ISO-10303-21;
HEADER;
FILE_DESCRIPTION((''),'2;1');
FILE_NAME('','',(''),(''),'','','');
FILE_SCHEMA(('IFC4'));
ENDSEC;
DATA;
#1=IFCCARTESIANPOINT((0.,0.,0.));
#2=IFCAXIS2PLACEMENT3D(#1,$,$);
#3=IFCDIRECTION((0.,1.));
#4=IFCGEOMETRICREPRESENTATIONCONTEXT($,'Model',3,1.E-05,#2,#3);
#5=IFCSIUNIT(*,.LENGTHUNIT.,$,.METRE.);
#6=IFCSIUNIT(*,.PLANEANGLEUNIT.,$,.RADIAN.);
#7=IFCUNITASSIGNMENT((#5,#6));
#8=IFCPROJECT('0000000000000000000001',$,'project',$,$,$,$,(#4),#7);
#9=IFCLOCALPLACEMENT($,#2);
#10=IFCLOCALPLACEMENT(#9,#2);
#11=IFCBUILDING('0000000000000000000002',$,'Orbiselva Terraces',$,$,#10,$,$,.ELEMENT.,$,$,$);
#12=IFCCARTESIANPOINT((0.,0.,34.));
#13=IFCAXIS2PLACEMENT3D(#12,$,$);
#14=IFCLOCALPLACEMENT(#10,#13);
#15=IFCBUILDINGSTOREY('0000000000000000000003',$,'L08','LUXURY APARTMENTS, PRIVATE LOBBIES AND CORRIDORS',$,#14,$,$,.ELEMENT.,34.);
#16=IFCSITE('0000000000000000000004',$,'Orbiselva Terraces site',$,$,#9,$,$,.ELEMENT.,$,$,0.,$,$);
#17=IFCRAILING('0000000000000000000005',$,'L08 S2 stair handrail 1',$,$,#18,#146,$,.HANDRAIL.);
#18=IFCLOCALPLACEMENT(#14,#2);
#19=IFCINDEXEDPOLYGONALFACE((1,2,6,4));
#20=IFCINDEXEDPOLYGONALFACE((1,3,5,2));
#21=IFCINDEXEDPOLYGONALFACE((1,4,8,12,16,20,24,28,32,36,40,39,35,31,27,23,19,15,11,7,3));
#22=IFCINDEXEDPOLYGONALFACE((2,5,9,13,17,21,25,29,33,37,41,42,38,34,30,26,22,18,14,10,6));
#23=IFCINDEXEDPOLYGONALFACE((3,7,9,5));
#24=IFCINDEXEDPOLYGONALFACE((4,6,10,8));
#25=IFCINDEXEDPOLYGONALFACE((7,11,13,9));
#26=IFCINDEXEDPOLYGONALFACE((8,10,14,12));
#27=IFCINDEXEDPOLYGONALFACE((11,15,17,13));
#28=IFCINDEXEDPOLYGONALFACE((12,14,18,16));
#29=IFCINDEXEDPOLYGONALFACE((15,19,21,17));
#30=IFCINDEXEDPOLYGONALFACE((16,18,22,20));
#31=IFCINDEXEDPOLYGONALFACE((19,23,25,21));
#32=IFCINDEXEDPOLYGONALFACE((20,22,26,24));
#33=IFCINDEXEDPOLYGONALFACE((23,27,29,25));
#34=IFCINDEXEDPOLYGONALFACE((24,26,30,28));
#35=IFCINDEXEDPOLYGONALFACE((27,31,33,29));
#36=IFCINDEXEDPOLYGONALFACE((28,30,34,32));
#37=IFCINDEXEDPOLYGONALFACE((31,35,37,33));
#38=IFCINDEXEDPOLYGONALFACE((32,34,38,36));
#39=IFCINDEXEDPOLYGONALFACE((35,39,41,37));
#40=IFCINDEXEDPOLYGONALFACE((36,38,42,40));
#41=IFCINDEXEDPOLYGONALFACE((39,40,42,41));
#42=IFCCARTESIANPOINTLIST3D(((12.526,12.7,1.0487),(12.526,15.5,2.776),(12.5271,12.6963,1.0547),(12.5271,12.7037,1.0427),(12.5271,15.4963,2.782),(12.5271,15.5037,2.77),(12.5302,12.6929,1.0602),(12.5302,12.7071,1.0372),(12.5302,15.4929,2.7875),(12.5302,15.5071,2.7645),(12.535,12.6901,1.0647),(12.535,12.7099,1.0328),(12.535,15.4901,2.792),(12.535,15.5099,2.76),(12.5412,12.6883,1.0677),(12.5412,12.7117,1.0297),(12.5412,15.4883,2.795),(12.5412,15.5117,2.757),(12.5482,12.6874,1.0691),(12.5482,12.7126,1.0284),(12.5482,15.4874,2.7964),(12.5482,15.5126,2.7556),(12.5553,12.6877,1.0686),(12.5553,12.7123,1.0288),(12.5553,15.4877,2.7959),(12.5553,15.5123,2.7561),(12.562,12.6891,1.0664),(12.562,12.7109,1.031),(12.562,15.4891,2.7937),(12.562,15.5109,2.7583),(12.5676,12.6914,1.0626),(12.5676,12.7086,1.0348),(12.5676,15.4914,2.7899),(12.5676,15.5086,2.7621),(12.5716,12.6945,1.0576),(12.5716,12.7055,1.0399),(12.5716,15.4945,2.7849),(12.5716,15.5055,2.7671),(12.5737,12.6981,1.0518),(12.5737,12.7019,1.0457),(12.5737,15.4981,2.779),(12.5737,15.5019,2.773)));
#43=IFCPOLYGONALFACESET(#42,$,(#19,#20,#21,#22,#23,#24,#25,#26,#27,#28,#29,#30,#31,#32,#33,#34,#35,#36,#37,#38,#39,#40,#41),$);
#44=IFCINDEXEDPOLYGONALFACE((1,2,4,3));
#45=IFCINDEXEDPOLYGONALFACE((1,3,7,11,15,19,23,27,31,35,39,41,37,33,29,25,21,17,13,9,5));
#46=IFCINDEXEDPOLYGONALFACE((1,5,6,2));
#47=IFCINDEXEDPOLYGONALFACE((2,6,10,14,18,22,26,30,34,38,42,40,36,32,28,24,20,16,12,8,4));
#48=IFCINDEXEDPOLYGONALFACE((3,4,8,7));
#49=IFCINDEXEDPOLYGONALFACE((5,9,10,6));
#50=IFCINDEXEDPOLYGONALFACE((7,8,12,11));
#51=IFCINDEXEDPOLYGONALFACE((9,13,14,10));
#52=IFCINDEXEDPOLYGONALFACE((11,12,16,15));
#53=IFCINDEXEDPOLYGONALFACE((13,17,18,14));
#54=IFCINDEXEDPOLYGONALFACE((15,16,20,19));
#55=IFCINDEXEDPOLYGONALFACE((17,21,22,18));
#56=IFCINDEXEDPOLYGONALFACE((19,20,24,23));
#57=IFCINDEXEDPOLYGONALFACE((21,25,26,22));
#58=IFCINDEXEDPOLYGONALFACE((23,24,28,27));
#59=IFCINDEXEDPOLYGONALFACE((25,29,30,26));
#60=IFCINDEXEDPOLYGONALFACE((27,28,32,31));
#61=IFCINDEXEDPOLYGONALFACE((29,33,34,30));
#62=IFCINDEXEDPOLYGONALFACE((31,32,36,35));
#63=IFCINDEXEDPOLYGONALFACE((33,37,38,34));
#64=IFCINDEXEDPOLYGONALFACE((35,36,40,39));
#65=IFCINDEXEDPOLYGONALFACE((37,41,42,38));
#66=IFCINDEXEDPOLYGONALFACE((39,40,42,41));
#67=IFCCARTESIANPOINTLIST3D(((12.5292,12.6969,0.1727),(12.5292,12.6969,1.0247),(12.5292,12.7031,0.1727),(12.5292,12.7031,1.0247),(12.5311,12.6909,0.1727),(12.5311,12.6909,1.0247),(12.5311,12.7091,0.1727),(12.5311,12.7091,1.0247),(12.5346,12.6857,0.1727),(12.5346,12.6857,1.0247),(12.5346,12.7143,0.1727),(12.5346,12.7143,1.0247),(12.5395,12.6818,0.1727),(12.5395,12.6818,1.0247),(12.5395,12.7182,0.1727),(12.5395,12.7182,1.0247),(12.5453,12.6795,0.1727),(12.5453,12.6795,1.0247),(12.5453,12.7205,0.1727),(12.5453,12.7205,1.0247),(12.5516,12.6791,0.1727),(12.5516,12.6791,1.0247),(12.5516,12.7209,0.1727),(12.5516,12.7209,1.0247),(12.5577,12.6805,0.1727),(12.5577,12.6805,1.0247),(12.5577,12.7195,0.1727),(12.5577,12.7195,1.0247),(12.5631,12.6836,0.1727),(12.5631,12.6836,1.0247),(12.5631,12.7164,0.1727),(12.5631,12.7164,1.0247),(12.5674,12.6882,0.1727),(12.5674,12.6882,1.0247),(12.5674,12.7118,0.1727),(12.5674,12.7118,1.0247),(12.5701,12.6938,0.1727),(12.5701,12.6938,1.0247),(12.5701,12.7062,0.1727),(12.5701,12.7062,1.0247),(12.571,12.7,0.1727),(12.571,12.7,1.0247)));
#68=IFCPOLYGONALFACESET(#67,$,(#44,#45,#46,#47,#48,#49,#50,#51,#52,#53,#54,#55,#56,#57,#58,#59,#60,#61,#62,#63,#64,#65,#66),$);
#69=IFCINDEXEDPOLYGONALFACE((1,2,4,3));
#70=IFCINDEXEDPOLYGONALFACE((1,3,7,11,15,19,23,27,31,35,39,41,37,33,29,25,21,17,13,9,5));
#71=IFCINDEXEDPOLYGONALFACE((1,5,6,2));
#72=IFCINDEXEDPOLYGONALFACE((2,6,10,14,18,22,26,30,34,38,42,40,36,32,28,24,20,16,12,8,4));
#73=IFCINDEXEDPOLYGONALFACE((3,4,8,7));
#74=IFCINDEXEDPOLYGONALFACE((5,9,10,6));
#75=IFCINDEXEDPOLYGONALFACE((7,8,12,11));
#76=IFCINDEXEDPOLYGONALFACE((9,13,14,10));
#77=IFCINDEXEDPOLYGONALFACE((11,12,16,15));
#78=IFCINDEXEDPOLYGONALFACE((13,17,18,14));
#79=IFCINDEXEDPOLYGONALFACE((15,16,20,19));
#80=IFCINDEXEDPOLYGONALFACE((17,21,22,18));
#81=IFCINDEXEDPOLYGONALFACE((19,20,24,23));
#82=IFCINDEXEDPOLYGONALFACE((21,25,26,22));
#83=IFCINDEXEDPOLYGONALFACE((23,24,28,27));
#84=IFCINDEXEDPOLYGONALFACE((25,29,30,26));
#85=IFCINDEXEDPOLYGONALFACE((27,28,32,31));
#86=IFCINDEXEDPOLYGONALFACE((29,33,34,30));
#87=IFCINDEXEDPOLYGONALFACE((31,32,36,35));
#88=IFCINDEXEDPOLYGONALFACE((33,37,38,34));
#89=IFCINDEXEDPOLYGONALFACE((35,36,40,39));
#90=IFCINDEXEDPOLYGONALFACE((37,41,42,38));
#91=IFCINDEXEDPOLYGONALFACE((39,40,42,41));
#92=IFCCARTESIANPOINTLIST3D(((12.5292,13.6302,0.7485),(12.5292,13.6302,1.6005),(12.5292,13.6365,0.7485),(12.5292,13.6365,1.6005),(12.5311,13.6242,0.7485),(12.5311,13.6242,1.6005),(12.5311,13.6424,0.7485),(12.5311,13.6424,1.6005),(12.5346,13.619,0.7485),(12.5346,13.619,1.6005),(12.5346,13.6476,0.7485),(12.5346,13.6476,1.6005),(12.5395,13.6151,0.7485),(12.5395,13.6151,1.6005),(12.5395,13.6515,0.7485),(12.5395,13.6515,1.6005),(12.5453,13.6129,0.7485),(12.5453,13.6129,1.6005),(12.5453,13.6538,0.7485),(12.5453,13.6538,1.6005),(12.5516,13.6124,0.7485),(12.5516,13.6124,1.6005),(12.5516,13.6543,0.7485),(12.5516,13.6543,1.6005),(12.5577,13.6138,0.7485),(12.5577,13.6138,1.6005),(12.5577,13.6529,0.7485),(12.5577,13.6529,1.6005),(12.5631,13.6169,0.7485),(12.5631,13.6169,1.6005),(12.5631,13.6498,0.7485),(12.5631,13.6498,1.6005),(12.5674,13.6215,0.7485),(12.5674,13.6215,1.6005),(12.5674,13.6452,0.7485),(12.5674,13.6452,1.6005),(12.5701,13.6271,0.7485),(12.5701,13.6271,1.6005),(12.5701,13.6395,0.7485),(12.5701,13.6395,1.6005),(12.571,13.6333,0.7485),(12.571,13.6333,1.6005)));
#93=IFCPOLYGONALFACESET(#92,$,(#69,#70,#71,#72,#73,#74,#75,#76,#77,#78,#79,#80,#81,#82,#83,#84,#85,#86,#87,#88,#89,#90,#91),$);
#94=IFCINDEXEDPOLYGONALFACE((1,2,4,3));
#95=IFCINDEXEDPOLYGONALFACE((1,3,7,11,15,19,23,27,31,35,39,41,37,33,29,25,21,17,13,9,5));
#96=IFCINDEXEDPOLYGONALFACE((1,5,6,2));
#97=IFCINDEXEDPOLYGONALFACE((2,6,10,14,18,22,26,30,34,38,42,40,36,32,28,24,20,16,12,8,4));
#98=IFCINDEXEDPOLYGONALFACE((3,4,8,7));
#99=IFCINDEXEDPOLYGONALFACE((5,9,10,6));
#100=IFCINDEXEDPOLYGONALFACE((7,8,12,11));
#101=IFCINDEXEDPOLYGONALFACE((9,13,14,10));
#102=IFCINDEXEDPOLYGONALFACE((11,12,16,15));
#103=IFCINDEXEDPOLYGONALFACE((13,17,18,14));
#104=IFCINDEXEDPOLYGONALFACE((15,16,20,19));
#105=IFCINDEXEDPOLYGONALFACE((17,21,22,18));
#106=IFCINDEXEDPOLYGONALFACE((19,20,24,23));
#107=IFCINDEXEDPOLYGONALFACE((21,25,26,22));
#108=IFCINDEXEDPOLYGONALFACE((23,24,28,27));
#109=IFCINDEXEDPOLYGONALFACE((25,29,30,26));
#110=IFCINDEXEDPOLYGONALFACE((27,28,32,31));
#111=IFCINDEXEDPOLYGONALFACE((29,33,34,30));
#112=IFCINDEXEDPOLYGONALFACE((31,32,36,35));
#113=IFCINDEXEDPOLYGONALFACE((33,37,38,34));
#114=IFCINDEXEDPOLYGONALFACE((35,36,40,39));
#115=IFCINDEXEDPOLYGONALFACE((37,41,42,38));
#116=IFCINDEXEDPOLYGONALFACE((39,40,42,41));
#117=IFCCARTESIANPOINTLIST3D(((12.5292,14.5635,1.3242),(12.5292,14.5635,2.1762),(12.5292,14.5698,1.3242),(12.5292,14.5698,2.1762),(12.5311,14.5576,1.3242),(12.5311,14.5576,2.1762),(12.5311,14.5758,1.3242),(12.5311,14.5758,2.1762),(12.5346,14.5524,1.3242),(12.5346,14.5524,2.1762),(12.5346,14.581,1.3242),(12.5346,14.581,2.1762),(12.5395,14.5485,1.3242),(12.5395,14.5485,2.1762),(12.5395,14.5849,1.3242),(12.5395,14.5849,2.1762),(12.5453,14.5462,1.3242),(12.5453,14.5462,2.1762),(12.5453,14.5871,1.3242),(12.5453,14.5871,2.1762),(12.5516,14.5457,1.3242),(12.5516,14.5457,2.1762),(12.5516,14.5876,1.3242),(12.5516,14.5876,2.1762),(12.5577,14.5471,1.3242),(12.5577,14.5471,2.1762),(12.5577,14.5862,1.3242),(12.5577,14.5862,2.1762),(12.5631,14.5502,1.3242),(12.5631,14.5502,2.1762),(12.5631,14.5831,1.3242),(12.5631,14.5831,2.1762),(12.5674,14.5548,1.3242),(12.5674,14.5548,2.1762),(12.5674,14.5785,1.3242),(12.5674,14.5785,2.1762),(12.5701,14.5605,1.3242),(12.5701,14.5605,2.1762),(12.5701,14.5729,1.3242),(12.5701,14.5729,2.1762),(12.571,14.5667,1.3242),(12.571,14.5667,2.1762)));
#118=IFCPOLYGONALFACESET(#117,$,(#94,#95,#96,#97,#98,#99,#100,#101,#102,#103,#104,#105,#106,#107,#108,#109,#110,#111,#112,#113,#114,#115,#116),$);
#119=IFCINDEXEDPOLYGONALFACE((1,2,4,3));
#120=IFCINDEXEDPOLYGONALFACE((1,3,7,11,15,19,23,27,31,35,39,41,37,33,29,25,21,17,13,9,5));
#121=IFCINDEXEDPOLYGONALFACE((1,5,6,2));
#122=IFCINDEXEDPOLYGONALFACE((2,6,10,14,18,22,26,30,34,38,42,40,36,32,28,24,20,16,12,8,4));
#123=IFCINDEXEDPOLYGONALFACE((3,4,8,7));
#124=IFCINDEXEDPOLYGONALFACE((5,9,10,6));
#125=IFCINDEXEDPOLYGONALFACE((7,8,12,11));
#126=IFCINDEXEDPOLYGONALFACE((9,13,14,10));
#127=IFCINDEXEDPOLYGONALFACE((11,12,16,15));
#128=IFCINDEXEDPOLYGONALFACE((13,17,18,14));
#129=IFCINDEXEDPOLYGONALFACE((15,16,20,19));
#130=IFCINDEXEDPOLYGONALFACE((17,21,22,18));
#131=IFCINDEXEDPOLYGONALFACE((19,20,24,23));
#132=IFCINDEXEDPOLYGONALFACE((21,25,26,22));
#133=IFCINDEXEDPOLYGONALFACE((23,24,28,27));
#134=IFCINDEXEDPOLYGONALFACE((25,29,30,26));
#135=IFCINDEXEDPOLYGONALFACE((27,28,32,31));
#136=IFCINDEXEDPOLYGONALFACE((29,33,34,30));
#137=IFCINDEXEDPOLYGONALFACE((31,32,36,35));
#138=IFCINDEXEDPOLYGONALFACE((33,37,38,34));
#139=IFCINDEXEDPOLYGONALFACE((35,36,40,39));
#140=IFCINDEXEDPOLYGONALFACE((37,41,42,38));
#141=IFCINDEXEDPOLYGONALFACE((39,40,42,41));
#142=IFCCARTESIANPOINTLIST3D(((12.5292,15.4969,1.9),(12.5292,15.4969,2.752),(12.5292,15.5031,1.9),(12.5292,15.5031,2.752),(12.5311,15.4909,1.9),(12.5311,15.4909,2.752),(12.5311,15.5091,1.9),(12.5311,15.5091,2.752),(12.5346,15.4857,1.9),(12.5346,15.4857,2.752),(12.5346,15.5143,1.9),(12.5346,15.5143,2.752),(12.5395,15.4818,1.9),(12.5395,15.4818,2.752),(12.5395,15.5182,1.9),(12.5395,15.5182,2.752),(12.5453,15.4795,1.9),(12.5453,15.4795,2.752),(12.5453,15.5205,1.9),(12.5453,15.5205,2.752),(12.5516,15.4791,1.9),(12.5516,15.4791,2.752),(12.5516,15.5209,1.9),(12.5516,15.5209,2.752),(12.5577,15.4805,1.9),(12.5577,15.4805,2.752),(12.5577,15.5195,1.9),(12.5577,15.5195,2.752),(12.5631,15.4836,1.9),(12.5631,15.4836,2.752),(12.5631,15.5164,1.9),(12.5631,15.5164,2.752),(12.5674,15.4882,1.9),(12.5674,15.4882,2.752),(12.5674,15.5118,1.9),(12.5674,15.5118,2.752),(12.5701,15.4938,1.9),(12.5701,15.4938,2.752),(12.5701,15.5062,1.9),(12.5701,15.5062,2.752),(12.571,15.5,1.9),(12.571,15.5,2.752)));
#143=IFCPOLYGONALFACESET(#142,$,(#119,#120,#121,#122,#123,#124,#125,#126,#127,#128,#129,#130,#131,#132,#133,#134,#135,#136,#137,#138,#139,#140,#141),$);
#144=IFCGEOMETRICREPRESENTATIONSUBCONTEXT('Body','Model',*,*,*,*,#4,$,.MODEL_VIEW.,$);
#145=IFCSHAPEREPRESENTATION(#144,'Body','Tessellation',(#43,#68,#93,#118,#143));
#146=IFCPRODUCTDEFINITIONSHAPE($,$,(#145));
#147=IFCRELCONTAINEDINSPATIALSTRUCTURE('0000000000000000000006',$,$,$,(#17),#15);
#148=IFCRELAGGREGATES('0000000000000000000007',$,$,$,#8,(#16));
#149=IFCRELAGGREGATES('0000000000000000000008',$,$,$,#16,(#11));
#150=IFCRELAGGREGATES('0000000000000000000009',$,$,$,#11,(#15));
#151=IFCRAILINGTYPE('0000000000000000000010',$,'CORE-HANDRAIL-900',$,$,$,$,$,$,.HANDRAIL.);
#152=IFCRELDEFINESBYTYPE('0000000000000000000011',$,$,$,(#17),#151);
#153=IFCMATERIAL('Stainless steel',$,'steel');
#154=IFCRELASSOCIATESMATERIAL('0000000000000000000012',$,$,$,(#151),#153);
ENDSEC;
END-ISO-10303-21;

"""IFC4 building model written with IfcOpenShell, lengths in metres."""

from ifc_helpers import new_model, si_unit, direction, frame, origin, origin_2d, place, context, subcontext, project, spatial, circle, extrude, material, type_object, element, save


model = new_model("IFC4")

# Units and contexts
model_context = context("Model", 3, precision=1e-05, world=origin(), true_north=direction((0.0, 1.0)))
body_context = subcontext(model_context, "Body", "Model", "MODEL_VIEW")
ifc_project = project(units=[si_unit("LENGTHUNIT", "METRE"), si_unit("PLANEANGLEUNIT", "RADIAN")], contexts=[model_context])

# Site, building, storey
site_placement = place(None, origin())
site = spatial("IfcSite", under=ifc_project, at=site_placement, Name="Orbiselva Terraces site", CompositionType="ELEMENT", RefElevation=0.0)
building_placement = place(site_placement, origin())
building = spatial("IfcBuilding", under=site, at=building_placement, Name="Orbiselva Terraces", CompositionType="ELEMENT")
storey_placement = place(building_placement, frame((0.0, 0.0, 34.0)))
storey = spatial("IfcBuildingStorey", under=building, at=storey_placement, Name="L08", Description="LUXURY APARTMENTS, PRIVATE LOBBIES AND CORRIDORS", CompositionType="ELEMENT", Elevation=34.0)

# Railing
ifc_material_1 = material(Name="Stainless steel", Category="steel")
railing_type = type_object("IfcRailingType", Name="CORE-HANDRAIL-900", PredefinedType="HANDRAIL", material=ifc_material_1)
railing_placement = place(storey_placement, frame((12.55, 12.7, 0.1727)))
element("IfcRailing", 1, at=railing_placement, inside=storey, type_object=railing_type, Name="L08 S2 stair handrail 1", PredefinedType="HANDRAIL", context=body_context, shape_type="SweptSolid", body=[
    extrude(circle(Radius=0.024, at=origin_2d()), frame((0.0, 0.0, 0.876), z_axis=(0.0, 0.851089, 0.525022), x_axis=(-1.0, 0.0, 0.0)), (0.0, 0.0, 1.0), 3.2899),
    extrude(circle(Radius=0.021, at=origin_2d()), origin(), (0.0, 0.0, 1.0), 0.852),
    extrude(circle(Radius=0.021, at=origin_2d()), frame((0.0, 0.9333, 0.5758)), (0.0, 0.0, 1.0), 0.852),
    extrude(circle(Radius=0.021, at=origin_2d()), frame((0.0, 1.8667, 1.1515)), (0.0, 0.0, 1.0), 0.852),
    extrude(circle(Radius=0.021, at=origin_2d()), frame((0.0, 2.8, 1.7273)), (0.0, 0.0, 1.0), 0.852),
])

save(model, "model.ifc")
